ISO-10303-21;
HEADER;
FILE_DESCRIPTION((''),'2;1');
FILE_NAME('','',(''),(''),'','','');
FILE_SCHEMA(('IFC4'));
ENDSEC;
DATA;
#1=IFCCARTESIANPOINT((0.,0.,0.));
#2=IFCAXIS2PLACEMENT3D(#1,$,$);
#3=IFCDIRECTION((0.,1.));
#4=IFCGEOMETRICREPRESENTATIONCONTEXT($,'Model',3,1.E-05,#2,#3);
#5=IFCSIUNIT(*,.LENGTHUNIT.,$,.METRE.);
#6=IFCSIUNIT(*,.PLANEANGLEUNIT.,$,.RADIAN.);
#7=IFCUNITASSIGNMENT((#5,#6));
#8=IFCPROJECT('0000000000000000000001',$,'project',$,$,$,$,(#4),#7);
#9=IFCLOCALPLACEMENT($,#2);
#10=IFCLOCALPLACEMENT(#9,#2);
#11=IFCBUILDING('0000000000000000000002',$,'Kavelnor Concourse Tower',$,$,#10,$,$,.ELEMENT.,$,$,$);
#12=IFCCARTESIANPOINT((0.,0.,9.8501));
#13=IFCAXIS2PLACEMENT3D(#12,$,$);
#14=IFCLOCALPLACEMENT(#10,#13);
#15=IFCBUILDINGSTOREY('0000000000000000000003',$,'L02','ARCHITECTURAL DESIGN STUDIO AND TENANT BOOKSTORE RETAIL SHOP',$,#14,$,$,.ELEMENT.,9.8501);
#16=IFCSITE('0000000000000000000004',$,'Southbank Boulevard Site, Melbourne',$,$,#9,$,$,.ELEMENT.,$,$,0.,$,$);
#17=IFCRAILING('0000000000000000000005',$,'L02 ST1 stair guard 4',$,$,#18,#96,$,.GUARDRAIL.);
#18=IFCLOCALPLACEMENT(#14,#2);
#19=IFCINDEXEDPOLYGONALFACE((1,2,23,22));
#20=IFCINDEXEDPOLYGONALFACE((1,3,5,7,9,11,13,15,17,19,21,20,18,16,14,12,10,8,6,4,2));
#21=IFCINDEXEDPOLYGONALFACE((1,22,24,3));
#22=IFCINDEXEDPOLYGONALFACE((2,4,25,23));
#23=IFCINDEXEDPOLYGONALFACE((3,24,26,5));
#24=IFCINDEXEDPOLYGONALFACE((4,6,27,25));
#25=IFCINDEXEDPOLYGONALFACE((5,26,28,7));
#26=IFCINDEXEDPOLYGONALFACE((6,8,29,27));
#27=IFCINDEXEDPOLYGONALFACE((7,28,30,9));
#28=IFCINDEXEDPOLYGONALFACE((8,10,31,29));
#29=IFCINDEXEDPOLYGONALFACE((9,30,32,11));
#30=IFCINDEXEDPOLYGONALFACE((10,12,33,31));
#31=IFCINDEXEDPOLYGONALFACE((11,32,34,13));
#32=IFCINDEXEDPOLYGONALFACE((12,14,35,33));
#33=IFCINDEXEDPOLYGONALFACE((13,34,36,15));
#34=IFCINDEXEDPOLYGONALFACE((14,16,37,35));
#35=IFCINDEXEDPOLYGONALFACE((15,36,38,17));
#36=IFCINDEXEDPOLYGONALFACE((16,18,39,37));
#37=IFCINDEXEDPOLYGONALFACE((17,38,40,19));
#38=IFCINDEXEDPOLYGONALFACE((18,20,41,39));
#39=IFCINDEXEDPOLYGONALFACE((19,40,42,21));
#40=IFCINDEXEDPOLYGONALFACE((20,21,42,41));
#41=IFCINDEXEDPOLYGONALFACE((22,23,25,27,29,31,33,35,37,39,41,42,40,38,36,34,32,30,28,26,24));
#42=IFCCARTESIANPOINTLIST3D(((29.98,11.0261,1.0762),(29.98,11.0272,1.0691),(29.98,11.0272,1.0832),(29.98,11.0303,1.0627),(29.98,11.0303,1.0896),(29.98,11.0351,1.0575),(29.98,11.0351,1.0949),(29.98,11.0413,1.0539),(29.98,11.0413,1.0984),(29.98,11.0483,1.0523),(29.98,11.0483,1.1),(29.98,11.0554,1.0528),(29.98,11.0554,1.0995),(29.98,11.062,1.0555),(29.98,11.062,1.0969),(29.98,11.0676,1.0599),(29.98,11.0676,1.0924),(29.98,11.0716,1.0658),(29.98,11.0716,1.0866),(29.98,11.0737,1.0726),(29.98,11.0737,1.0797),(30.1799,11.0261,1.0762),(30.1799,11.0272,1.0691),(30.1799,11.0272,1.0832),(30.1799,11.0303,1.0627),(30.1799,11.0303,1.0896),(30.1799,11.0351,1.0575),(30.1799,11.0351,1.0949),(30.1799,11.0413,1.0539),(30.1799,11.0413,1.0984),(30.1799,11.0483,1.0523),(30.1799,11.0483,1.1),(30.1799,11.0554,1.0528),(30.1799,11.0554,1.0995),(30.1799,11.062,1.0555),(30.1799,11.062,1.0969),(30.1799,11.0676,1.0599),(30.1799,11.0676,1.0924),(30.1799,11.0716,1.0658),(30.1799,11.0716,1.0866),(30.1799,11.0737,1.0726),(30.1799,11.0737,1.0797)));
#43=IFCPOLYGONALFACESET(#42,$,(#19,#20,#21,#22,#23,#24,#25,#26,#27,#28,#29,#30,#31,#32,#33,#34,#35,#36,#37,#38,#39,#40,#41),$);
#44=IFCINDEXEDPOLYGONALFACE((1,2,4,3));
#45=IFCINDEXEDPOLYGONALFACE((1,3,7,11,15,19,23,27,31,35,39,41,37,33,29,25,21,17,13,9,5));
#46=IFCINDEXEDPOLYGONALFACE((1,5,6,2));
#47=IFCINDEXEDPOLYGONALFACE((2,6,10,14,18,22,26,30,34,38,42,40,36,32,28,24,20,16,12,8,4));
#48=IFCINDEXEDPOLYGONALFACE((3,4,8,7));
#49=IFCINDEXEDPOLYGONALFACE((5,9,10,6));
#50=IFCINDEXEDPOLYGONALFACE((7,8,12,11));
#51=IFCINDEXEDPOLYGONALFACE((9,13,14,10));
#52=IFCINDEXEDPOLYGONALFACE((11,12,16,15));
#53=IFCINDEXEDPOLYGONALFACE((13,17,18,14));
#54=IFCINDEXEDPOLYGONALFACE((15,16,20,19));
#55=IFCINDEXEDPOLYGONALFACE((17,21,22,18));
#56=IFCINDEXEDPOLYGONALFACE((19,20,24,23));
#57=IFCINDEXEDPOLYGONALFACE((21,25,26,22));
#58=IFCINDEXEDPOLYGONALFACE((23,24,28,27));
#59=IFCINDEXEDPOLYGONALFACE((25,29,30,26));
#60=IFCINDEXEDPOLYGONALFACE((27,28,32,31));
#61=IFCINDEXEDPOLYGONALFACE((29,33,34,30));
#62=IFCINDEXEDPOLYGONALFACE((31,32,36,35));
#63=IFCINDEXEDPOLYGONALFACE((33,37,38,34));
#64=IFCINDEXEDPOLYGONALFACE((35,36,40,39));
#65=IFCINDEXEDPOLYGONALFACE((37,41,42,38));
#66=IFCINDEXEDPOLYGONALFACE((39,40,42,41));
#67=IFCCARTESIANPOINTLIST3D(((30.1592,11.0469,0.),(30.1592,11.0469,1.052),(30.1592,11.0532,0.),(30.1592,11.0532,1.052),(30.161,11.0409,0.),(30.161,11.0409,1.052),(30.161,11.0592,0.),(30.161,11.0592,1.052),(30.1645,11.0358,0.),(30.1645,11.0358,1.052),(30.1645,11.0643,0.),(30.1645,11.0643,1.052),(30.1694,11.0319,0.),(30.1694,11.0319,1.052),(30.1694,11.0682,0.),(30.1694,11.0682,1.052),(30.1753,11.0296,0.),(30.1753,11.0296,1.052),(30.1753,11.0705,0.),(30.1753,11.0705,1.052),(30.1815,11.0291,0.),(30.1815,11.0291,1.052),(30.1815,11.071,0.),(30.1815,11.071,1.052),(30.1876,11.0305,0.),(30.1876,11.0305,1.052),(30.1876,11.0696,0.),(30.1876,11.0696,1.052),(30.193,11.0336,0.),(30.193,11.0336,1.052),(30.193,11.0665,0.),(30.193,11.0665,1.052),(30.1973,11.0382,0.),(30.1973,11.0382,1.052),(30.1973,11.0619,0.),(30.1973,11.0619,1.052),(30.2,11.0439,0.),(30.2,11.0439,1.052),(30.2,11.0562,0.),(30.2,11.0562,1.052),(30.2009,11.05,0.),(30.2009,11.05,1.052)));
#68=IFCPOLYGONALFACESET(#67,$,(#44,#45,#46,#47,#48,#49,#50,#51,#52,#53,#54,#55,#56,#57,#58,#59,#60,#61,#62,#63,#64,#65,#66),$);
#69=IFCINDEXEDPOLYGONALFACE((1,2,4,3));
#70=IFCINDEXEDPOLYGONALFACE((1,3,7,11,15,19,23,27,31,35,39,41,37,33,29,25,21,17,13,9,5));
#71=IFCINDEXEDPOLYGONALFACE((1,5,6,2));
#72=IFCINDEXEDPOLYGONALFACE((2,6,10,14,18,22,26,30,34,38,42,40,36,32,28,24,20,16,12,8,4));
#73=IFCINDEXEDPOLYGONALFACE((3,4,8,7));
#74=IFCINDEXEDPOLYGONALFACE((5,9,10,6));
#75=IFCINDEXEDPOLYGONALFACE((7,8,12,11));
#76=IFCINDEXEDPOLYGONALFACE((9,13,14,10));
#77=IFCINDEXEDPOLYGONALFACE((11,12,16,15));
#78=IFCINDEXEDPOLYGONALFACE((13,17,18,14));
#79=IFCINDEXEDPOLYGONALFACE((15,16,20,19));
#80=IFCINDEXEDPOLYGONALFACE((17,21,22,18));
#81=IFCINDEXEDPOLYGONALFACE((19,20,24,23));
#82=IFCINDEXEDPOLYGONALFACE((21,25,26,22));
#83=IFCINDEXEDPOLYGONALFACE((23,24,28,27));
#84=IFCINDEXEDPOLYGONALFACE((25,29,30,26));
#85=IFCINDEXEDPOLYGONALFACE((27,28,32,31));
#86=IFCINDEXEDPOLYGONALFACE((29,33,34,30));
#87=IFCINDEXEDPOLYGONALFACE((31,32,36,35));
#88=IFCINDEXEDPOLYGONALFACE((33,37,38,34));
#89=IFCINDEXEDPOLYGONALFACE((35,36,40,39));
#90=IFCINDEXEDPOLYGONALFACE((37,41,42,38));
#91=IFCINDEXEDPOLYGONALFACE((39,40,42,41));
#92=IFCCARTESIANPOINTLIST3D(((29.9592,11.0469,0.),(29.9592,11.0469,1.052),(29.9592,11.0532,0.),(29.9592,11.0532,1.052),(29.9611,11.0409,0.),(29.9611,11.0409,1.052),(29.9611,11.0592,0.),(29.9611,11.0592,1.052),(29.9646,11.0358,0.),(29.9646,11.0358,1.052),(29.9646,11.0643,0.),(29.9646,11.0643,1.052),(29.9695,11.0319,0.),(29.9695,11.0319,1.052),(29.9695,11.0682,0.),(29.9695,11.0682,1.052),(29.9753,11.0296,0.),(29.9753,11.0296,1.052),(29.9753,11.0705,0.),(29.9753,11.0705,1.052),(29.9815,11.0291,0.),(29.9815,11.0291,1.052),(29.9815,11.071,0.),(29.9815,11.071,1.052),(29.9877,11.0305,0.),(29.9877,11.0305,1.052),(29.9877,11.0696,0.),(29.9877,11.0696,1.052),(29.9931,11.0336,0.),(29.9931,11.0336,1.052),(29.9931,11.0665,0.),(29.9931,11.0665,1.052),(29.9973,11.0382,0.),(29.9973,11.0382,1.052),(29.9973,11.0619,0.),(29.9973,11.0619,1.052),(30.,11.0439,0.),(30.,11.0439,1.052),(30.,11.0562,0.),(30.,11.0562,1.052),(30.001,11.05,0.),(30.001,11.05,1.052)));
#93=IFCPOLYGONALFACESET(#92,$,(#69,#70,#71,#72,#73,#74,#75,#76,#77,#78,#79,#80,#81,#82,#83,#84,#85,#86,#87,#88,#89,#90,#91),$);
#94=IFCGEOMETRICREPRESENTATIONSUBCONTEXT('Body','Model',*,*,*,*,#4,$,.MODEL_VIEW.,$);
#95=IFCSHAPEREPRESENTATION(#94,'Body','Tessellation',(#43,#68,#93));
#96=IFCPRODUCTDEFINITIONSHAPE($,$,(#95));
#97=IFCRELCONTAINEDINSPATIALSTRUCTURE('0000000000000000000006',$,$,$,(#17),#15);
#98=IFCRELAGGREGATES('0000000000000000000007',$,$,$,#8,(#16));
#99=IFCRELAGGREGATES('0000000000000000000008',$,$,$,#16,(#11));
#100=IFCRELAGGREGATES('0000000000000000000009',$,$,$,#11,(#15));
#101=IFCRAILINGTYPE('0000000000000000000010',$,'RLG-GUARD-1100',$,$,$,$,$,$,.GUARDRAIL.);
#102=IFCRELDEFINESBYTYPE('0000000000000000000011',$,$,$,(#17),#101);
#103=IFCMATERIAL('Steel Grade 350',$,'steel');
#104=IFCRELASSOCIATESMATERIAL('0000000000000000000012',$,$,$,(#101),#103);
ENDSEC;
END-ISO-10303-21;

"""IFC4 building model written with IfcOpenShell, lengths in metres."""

from ifc_helpers import new_model, si_unit, direction, frame, origin, origin_2d, place, context, subcontext, project, spatial, circle, extrude, material, type_object, element, save


model = new_model("IFC4")

# Units and contexts
model_context = context("Model", 3, precision=1e-05, world=origin(), true_north=direction((0.0, 1.0)))
body_context = subcontext(model_context, "Body", "Model", "MODEL_VIEW")
ifc_project = project(units=[si_unit("LENGTHUNIT", "METRE"), si_unit("PLANEANGLEUNIT", "RADIAN")], contexts=[model_context])

# Site, building, storey
site_placement = place(None, origin())
site = spatial("IfcSite", under=ifc_project, at=site_placement, Name="Southbank Boulevard Site, Melbourne", CompositionType="ELEMENT", RefElevation=0.0)
building_placement = place(site_placement, origin())
building = spatial("IfcBuilding", under=site, at=building_placement, Name="Kavelnor Concourse Tower", CompositionType="ELEMENT")
storey_placement = place(building_placement, frame((0.0, 0.0, 9.8501)))
storey = spatial("IfcBuildingStorey", under=building, at=storey_placement, Name="L02", Description="ARCHITECTURAL DESIGN STUDIO AND TENANT BOOKSTORE RETAIL SHOP", CompositionType="ELEMENT", Elevation=9.8501)

# Shared definitions
ifc_material_1 = material(Name="Steel Grade 350", Category="steel")

# Railing
railing_type_1 = type_object("IfcRailingType", Name="RLG-GUARD-1100", PredefinedType="GUARDRAIL", material=ifc_material_1)
railing_1_placement = place(storey_placement, frame((30.1799, 11.05, 0.0)))
element("IfcRailing", 1, at=railing_1_placement, inside=storey, type_object=railing_type_1, Name="L02 ST1 stair guard 4", PredefinedType="GUARDRAIL", context=body_context, shape_type="SweptSolid", body=[
    extrude(circle(Radius=0.0239, at=origin_2d()), frame((0.0, 0.0, 1.0762), z_axis=(-1.0, 0.0, 0.0), x_axis=(0.0, -1.0, 0.0)), (0.0, 0.0, 1.0), 0.2),
    extrude(circle(Radius=0.021, at=origin_2d()), origin(), (0.0, 0.0, 1.0), 1.052),
    extrude(circle(Radius=0.021, at=origin_2d()), frame((-0.2, 0.0, 0.0)), (0.0, 0.0, 1.0), 1.052),
])

save(model, "model.ifc")
